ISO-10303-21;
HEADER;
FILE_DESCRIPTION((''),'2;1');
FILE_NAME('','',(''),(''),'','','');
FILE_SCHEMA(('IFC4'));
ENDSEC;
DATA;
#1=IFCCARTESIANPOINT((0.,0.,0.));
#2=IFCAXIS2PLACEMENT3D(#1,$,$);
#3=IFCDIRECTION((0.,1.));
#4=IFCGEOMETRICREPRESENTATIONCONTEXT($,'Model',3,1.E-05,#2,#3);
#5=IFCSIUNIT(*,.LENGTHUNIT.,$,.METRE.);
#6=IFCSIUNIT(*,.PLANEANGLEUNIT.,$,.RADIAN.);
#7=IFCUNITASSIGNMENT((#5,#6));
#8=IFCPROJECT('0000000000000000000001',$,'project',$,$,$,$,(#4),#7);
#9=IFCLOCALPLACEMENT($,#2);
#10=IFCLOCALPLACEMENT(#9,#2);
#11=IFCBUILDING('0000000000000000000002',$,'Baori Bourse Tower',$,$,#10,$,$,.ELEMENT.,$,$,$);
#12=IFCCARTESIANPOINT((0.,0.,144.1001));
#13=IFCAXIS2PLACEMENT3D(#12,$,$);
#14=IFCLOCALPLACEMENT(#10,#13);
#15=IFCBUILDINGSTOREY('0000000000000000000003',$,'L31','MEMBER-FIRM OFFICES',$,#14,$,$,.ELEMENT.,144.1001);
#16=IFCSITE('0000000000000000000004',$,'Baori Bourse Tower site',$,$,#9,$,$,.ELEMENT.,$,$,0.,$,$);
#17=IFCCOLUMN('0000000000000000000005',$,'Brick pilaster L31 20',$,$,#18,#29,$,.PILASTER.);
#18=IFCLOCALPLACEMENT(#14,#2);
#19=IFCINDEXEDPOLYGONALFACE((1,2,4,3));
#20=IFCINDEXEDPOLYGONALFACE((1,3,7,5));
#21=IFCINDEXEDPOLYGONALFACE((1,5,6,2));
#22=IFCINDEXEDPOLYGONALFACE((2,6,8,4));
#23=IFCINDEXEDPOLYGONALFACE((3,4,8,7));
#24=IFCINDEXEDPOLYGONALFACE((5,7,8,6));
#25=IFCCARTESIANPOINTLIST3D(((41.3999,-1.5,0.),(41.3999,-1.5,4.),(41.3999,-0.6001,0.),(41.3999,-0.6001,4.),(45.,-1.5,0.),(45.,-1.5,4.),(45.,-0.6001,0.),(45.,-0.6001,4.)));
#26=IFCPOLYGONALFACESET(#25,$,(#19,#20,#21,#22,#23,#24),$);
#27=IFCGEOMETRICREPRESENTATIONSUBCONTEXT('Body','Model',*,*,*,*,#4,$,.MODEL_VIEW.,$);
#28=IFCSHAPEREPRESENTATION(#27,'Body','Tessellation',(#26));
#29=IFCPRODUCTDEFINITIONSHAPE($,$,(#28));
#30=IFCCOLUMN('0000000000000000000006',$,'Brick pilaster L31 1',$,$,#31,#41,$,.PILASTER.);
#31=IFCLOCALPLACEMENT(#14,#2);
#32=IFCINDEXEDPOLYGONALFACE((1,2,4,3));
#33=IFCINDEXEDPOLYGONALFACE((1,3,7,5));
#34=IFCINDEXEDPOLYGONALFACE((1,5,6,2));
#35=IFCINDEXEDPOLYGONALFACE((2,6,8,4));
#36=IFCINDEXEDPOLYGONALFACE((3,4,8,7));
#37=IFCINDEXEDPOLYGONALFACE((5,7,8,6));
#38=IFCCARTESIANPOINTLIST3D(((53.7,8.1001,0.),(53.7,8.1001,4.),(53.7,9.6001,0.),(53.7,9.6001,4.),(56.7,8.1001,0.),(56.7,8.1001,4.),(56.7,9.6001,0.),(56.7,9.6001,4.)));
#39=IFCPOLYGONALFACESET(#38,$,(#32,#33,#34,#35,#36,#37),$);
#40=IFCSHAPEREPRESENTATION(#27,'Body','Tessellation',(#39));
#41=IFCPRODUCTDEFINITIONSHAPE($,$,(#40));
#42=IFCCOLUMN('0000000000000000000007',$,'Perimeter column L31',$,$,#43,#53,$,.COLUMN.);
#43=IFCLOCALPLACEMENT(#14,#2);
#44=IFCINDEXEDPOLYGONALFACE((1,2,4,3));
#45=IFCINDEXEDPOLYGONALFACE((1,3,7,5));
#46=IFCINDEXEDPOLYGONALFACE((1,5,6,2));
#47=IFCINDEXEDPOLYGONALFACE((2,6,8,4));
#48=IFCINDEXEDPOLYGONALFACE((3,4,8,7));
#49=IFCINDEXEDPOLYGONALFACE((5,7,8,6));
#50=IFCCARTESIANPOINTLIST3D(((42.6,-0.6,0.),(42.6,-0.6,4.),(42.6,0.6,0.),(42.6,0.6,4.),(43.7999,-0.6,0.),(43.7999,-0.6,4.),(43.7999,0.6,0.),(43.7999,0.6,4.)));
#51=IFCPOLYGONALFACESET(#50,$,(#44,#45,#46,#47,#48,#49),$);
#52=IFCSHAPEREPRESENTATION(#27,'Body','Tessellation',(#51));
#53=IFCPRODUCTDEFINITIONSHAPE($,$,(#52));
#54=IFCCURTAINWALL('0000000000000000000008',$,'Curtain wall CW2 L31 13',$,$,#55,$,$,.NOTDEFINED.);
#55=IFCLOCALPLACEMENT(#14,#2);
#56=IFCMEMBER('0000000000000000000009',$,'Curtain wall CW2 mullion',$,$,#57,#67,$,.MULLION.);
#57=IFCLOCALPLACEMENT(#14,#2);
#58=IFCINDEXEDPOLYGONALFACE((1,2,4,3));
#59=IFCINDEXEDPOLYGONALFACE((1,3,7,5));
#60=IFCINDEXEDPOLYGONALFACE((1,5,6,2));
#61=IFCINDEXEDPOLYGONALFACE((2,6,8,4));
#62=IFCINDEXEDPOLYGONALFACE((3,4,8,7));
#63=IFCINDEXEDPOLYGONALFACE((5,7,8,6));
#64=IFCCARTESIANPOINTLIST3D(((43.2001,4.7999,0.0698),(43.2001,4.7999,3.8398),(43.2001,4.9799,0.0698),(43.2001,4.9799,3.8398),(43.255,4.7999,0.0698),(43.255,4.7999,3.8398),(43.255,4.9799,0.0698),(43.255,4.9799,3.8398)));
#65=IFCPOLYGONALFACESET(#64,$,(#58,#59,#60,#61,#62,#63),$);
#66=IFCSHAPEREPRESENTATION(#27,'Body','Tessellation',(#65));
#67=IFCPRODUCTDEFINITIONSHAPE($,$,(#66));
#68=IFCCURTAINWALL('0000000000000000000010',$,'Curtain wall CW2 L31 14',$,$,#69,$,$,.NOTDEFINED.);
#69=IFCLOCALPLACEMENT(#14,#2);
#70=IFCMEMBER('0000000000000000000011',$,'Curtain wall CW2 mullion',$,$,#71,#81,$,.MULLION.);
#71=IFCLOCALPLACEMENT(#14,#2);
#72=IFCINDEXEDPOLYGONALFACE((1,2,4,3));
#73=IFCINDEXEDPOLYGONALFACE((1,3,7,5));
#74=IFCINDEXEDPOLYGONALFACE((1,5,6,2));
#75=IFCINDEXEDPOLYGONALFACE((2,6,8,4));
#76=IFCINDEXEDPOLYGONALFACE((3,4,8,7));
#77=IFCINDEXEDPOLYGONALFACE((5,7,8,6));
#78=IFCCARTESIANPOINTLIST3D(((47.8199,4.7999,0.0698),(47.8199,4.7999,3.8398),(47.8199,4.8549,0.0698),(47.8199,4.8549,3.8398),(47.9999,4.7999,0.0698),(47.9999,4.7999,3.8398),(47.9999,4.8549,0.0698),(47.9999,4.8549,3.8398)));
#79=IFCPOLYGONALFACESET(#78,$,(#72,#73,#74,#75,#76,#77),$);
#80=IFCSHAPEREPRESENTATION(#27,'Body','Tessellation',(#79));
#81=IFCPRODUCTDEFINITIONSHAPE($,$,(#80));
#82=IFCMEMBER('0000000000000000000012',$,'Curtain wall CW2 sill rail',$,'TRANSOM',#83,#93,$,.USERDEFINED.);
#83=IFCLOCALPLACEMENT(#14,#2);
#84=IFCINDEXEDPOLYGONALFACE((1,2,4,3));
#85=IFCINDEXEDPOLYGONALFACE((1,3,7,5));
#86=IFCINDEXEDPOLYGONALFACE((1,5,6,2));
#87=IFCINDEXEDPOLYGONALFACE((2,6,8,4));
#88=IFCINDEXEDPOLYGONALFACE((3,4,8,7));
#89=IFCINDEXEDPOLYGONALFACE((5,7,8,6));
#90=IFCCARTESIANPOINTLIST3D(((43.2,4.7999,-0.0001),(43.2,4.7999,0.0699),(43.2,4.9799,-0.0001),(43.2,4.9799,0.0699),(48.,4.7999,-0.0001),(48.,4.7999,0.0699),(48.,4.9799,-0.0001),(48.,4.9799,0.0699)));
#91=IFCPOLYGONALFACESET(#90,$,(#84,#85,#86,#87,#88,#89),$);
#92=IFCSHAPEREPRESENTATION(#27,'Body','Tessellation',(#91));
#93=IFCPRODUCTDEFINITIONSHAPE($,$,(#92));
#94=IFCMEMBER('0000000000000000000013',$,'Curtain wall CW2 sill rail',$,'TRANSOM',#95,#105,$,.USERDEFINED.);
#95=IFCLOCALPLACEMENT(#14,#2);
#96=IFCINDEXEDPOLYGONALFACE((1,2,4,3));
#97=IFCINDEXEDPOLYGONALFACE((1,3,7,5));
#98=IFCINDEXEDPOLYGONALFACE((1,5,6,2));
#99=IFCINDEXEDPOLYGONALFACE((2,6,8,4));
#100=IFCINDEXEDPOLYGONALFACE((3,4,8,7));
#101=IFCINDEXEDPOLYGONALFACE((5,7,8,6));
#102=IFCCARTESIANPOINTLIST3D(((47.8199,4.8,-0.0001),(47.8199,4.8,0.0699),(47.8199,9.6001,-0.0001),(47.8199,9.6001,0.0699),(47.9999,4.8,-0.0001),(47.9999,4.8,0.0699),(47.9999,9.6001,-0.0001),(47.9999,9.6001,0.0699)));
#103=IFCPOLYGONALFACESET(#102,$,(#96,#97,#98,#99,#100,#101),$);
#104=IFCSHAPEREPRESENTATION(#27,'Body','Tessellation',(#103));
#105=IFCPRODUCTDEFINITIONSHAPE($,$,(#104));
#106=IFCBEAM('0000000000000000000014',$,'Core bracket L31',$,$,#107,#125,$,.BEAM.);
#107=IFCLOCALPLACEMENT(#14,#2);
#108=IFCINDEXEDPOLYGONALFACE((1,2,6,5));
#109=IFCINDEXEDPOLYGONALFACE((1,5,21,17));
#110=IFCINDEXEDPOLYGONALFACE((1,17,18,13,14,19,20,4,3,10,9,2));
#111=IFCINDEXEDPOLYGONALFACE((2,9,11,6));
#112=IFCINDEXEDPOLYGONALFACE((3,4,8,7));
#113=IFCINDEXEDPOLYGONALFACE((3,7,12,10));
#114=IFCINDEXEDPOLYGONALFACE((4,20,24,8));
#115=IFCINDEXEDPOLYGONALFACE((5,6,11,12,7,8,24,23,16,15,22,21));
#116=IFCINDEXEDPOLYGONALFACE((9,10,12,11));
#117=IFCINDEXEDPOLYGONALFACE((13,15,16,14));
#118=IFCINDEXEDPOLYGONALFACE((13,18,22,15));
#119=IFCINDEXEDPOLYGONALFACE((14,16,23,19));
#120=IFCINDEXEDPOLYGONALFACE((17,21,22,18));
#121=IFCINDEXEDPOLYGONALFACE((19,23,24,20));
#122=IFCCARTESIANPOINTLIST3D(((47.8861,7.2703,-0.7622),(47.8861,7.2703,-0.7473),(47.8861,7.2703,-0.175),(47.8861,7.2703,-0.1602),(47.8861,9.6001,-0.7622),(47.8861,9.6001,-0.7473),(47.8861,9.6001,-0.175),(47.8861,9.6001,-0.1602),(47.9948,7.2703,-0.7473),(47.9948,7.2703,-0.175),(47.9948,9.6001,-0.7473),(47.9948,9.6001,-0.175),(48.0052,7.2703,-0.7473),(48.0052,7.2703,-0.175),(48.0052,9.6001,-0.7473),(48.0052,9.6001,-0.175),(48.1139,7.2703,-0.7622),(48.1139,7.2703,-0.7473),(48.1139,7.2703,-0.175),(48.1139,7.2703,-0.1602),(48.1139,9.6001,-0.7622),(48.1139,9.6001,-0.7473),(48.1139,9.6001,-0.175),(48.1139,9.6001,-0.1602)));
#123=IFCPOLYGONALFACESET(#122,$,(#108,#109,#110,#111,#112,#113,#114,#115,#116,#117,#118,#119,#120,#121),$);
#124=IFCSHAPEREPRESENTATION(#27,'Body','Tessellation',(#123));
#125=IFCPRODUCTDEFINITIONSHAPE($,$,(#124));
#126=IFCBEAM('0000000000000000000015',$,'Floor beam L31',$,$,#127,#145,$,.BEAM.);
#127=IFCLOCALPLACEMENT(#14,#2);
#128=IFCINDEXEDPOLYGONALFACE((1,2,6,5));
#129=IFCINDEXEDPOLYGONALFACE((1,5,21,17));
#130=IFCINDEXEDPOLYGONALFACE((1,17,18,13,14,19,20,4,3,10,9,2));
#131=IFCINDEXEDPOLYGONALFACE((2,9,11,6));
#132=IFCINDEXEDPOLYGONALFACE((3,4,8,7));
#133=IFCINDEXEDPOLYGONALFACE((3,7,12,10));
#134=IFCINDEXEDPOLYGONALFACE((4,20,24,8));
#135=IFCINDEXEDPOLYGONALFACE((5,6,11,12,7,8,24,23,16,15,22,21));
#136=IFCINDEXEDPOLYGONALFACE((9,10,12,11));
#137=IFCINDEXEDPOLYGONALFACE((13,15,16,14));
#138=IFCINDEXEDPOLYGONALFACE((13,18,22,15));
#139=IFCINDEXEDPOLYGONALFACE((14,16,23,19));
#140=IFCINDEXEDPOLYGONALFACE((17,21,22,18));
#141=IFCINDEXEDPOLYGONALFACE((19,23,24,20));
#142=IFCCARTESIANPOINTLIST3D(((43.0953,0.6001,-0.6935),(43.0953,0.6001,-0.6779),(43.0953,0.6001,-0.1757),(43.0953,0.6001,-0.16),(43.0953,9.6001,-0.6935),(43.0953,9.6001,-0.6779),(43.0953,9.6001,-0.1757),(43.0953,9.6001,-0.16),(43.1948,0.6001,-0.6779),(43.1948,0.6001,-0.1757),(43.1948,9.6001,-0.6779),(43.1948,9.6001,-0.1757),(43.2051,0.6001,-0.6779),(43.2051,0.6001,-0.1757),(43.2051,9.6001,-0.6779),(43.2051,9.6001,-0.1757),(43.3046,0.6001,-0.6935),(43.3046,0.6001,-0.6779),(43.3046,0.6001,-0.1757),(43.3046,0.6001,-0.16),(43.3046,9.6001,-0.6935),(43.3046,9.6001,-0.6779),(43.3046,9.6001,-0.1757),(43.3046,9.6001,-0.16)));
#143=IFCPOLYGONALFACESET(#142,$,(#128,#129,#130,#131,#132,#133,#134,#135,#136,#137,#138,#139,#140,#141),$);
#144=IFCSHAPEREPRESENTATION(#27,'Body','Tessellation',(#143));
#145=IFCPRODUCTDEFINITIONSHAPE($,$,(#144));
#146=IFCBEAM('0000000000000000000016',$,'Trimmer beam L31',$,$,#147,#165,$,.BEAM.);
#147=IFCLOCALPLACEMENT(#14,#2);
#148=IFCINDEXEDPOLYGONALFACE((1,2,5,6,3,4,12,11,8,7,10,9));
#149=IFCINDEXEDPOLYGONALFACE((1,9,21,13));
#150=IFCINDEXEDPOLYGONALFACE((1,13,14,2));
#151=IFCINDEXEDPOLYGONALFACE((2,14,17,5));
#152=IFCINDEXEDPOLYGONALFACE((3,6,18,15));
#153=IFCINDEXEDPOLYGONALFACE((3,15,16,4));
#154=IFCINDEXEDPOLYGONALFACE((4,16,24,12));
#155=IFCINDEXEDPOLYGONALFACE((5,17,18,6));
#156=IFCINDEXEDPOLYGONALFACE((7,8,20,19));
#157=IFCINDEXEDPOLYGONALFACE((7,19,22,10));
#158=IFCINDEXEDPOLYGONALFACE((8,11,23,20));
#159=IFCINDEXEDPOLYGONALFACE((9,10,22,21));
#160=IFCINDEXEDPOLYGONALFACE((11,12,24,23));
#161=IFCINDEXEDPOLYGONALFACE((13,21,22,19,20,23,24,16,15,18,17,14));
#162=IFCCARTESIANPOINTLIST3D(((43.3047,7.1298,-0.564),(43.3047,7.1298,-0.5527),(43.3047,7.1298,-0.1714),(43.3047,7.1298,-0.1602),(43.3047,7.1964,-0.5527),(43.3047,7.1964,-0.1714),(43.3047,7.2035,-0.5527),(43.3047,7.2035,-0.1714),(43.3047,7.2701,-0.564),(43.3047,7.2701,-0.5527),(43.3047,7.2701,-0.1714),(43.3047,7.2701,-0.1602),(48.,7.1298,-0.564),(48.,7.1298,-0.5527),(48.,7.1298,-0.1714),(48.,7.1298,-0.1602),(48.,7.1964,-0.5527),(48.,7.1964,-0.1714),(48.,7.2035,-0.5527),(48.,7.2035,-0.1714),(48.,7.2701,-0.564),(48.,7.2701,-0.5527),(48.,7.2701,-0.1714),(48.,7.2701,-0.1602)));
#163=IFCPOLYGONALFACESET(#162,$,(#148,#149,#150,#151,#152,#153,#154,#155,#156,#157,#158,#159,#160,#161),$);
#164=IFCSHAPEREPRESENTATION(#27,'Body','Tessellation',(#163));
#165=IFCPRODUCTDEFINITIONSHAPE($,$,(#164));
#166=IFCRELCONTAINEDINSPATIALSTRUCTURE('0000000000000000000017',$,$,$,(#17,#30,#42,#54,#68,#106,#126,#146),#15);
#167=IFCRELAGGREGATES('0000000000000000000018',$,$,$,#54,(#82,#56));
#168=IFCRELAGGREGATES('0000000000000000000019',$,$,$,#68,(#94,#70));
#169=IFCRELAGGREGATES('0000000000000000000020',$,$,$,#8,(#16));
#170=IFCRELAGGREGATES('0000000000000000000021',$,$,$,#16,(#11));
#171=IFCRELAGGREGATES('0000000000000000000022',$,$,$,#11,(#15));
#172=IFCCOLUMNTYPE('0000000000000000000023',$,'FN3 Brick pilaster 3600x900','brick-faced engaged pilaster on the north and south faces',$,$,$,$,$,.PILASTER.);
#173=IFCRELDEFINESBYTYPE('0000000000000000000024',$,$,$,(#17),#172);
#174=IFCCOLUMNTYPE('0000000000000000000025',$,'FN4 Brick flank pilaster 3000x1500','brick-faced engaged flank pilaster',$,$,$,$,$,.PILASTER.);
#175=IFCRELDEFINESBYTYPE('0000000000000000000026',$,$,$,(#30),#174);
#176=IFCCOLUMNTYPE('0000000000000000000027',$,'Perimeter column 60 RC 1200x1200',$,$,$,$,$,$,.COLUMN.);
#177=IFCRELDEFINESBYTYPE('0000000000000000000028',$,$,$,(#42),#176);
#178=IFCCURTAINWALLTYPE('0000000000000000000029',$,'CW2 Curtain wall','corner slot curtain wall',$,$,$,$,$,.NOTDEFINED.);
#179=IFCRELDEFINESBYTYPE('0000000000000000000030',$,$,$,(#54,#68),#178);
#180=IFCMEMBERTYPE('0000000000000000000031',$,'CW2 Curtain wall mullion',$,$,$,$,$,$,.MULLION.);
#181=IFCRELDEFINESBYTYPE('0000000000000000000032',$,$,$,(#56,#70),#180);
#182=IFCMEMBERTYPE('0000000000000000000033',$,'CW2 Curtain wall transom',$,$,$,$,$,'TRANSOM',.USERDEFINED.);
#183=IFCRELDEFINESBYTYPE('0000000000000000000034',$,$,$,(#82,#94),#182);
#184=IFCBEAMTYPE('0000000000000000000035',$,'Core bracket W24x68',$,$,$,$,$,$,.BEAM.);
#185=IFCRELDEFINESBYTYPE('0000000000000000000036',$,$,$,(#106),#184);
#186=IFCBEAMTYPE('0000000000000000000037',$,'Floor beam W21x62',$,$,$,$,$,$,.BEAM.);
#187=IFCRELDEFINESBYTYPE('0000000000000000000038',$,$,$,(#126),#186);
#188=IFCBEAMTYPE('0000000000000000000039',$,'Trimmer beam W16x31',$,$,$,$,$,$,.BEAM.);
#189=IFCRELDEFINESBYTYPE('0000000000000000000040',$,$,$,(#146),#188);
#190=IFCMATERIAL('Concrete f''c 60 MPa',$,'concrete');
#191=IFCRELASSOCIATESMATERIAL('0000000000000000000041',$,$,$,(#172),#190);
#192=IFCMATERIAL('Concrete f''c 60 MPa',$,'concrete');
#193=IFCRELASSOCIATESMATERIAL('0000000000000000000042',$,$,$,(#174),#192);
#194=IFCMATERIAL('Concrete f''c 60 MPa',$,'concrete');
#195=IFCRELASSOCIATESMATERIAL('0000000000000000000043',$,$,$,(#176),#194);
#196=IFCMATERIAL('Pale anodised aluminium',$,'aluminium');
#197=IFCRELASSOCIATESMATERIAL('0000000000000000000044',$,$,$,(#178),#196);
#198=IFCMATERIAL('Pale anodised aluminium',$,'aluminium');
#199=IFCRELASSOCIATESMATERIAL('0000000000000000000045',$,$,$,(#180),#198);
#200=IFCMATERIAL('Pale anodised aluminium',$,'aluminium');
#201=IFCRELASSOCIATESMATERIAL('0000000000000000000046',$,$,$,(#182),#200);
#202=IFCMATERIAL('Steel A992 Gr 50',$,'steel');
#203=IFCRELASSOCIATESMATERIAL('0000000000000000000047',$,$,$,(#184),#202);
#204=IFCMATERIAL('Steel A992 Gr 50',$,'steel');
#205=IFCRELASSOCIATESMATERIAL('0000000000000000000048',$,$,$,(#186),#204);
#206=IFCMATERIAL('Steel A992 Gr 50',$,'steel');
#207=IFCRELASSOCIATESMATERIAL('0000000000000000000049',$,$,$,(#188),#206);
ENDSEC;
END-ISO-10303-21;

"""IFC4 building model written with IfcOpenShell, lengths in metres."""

from ifc_helpers import new_model, si_unit, direction, frame, origin, origin_2d, place, context, subcontext, project, spatial, rectangle, i_section, extrude, material, material_profile, profile_set, type_object, element, aggregate, save


model = new_model("IFC4")

# Units and contexts
model_context = context("Model", 3, precision=1e-05, world=origin(), true_north=direction((0.0, 1.0)))
body_context = subcontext(model_context, "Body", "Model", "MODEL_VIEW")
ifc_project = project(units=[si_unit("LENGTHUNIT", "METRE"), si_unit("PLANEANGLEUNIT", "RADIAN")], contexts=[model_context])

# Site, building, storey
site_placement = place(None, origin())
site = spatial("IfcSite", under=ifc_project, at=site_placement, Name="Baori Bourse Tower site", CompositionType="ELEMENT", RefElevation=0.0)
building_placement = place(site_placement, origin())
building = spatial("IfcBuilding", under=site, at=building_placement, Name="Baori Bourse Tower", CompositionType="ELEMENT")
storey_placement = place(building_placement, frame((0.0, 0.0, 144.1001)))
storey = spatial("IfcBuildingStorey", under=building, at=storey_placement, Name="L31", Description="MEMBER-FIRM OFFICES", CompositionType="ELEMENT", Elevation=144.1001)

# Columns
ifc_material_1 = material(Name="Concrete f'c 60 MPa", Category="concrete")
ifc_material_profile_1 = material_profile(ifc_material_1, rectangle(XDim=3.6001, YDim=0.8999, at=origin_2d()), Name="RC 3600x900")
ifc_profile_set_1 = profile_set([ifc_material_profile_1], Name="Concrete f'c 60 MPa")
column_type_1 = type_object("IfcColumnType", Name="FN3 Brick pilaster 3600x900", Description="brick-faced engaged pilaster on the north and south faces", PredefinedType="PILASTER", material=ifc_profile_set_1)
column_1_placement = place(storey_placement, frame((43.2, -1.05, 0.0), z_axis=(0.0, 0.0, 1.0), x_axis=(1.0, 0.0, 0.0)))
element("IfcColumn", 1, at=column_1_placement, inside=storey, type_object=column_type_1, Name="Brick pilaster L31 20", PredefinedType="PILASTER", context=body_context, shape_type="SweptSolid", body=[
    extrude(rectangle(XDim=3.6001, YDim=0.8999, at=origin_2d()), origin(), (0.0, 0.0, 1.0), 4.0),
])
ifc_material_2 = material(Name="Concrete f'c 60 MPa", Category="concrete")
ifc_material_profile_2 = material_profile(ifc_material_2, rectangle(XDim=3.0, YDim=1.5, at=origin_2d()), Name="RC 3000x1500")
ifc_profile_set_2 = profile_set([ifc_material_profile_2], Name="Concrete f'c 60 MPa")
column_type_2 = type_object("IfcColumnType", Name="FN4 Brick flank pilaster 3000x1500", Description="brick-faced engaged flank pilaster", PredefinedType="PILASTER", material=ifc_profile_set_2)
column_2_placement = place(storey_placement, frame((55.2, 8.8501, 0.0), z_axis=(0.0, 0.0, 1.0), x_axis=(1.0, 0.0, 0.0)))
element("IfcColumn", 2, at=column_2_placement, inside=storey, type_object=column_type_2, Name="Brick pilaster L31 1", PredefinedType="PILASTER", context=body_context, shape_type="SweptSolid", body=[
    extrude(rectangle(XDim=3.0, YDim=1.5, at=origin_2d()), origin(), (0.0, 0.0, 1.0), 4.0),
])
ifc_material_3 = material(Name="Concrete f'c 60 MPa", Category="concrete")
ifc_material_profile_3 = material_profile(ifc_material_3, rectangle(XDim=1.2, YDim=1.2, at=origin_2d()), Name="RC 1200x1200")
ifc_profile_set_3 = profile_set([ifc_material_profile_3], Name="Concrete f'c 60 MPa")
column_type_3 = type_object("IfcColumnType", Name="Perimeter column 60 RC 1200x1200", PredefinedType="COLUMN", material=ifc_profile_set_3)
column_3_placement = place(storey_placement, frame((43.2, 0.0, 0.0), z_axis=(0.0, 0.0, 1.0), x_axis=(1.0, 0.0, 0.0)))
element("IfcColumn", 3, at=column_3_placement, inside=storey, type_object=column_type_3, Name="Perimeter column L31", PredefinedType="COLUMN", context=body_context, shape_type="SweptSolid", body=[
    extrude(rectangle(XDim=1.2, YDim=1.2, at=origin_2d()), origin(), (0.0, 0.0, 1.0), 4.0),
])

# Curtain walls, members
ifc_material_4 = material(Name="Pale anodised aluminium", Category="aluminium")
curtain_wall_type = type_object("IfcCurtainWallType", Name="CW2 Curtain wall", Description="corner slot curtain wall", PredefinedType="NOTDEFINED", material=ifc_material_4)
curtain_wall_1_placement = place(storey_placement, origin())
curtain_wall_1 = element("IfcCurtainWall", 4, at=curtain_wall_1_placement, inside=storey, type_object=curtain_wall_type, Name="Curtain wall CW2 L31 13", PredefinedType="NOTDEFINED")
ifc_material_5 = material(Name="Pale anodised aluminium", Category="aluminium")
ifc_material_profile_4 = material_profile(ifc_material_5, rectangle(XDim=0.1799, YDim=0.0549, at=origin_2d()), Name="Mullion 55x180")
ifc_profile_set_4 = profile_set([ifc_material_profile_4], Name="Pale anodised aluminium")
member_type_1 = type_object("IfcMemberType", Name="CW2 Curtain wall mullion", PredefinedType="MULLION", material=ifc_profile_set_4)
member_1_placement = place(storey_placement, frame((43.2275, 4.8899, 0.0698), z_axis=(0.0, 0.0, 1.0), x_axis=(0.0, 1.0, 0.0)))
member_1 = element("IfcMember", 5, at=member_1_placement, type_object=member_type_1, Name="Curtain wall CW2 mullion", PredefinedType="MULLION", context=body_context, shape_type="SweptSolid", body=[
    extrude(rectangle(XDim=0.1799, YDim=0.0549, at=origin_2d()), origin(), (0.0, 0.0, 1.0), 3.77),
])
curtain_wall_2_placement = place(storey_placement, origin())
curtain_wall_2 = element("IfcCurtainWall", 6, at=curtain_wall_2_placement, inside=storey, type_object=curtain_wall_type, Name="Curtain wall CW2 L31 14", PredefinedType="NOTDEFINED")
member_2_placement = place(storey_placement, frame((47.9099, 4.8274, 0.0698), z_axis=(0.0, 0.0, 1.0), x_axis=(-1.0, 0.0, 0.0)))
member_2 = element("IfcMember", 7, at=member_2_placement, type_object=member_type_1, Name="Curtain wall CW2 mullion", PredefinedType="MULLION", context=body_context, shape_type="SweptSolid", body=[
    extrude(rectangle(XDim=0.1799, YDim=0.0549, at=origin_2d()), origin(), (0.0, 0.0, 1.0), 3.77),
])

# Members
ifc_material_6 = material(Name="Pale anodised aluminium", Category="aluminium")
ifc_material_profile_5 = material_profile(ifc_material_6, rectangle(XDim=0.1799, YDim=0.0701, at=origin_2d()), Name="Transom 70x180")
ifc_profile_set_5 = profile_set([ifc_material_profile_5], Name="Pale anodised aluminium")
member_type_2 = type_object("IfcMemberType", Name="CW2 Curtain wall transom", ElementType="TRANSOM", PredefinedType="USERDEFINED", material=ifc_profile_set_5)
member_3_placement = place(storey_placement, frame((43.2, 4.8899, 0.0349), z_axis=(1.0, 0.0, 0.0), x_axis=(0.0, 1.0, 0.0)))
member_3 = element("IfcMember", 8, at=member_3_placement, type_object=member_type_2, Name="Curtain wall CW2 sill rail", ObjectType="TRANSOM", PredefinedType="USERDEFINED", context=body_context, shape_type="SweptSolid", body=[
    extrude(rectangle(XDim=0.1799, YDim=0.0701, at=origin_2d()), origin(), (0.0, 0.0, 1.0), 4.8),
])
member_4_placement = place(storey_placement, frame((47.9099, 4.8, 0.0349), z_axis=(0.0, 1.0, 0.0), x_axis=(-1.0, 0.0, 0.0)))
member_4 = element("IfcMember", 9, at=member_4_placement, type_object=member_type_2, Name="Curtain wall CW2 sill rail", ObjectType="TRANSOM", PredefinedType="USERDEFINED", context=body_context, shape_type="SweptSolid", body=[
    extrude(rectangle(XDim=0.1799, YDim=0.0701, at=origin_2d()), origin(), (0.0, 0.0, 1.0), 4.8),
])

# Beams
ifc_material_7 = material(Name="Steel A992 Gr 50", Category="steel")
ifc_material_profile_6 = material_profile(ifc_material_7, i_section(OverallWidth=0.2278, OverallDepth=0.6021, WebThickness=0.0105, FlangeThickness=0.0149, at=origin_2d()), Name="W24x68")
ifc_profile_set_6 = profile_set([ifc_material_profile_6], Name="Steel A992 Gr 50")
beam_type_1 = type_object("IfcBeamType", Name="Core bracket W24x68", PredefinedType="BEAM", material=ifc_profile_set_6)
beam_1_placement = place(storey_placement, frame((48.0, 7.2703, -0.4612), z_axis=(0.0, 1.0, 0.0), x_axis=(-1.0, 0.0, 0.0)))
element("IfcBeam", 10, at=beam_1_placement, inside=storey, type_object=beam_type_1, Name="Core bracket L31", PredefinedType="BEAM", context=body_context, shape_type="SweptSolid", body=[
    extrude(i_section(OverallWidth=0.2278, OverallDepth=0.6021, WebThickness=0.0105, FlangeThickness=0.0149, at=origin_2d()), origin(), (0.0, 0.0, 1.0), 2.3298),
])
ifc_material_8 = material(Name="Steel A992 Gr 50", Category="steel")
ifc_material_profile_7 = material_profile(ifc_material_8, i_section(OverallWidth=0.2092, OverallDepth=0.5334, WebThickness=0.0103, FlangeThickness=0.0156, at=origin_2d()), Name="W21x62")
ifc_profile_set_7 = profile_set([ifc_material_profile_7], Name="Steel A992 Gr 50")
beam_type_2 = type_object("IfcBeamType", Name="Floor beam W21x62", PredefinedType="BEAM", material=ifc_profile_set_7)
beam_2_placement = place(storey_placement, frame((43.2, 0.6001, -0.4268), z_axis=(0.0, 1.0, 0.0), x_axis=(-1.0, 0.0, 0.0)))
element("IfcBeam", 11, at=beam_2_placement, inside=storey, type_object=beam_type_2, Name="Floor beam L31", PredefinedType="BEAM", context=body_context, shape_type="SweptSolid", body=[
    extrude(i_section(OverallWidth=0.2092, OverallDepth=0.5334, WebThickness=0.0103, FlangeThickness=0.0156, at=origin_2d()), origin(), (0.0, 0.0, 1.0), 9.0),
])
ifc_material_9 = material(Name="Steel A992 Gr 50", Category="steel")
ifc_material_profile_8 = material_profile(ifc_material_9, i_section(OverallWidth=0.1404, OverallDepth=0.4038, WebThickness=0.0071, FlangeThickness=0.0112, at=origin_2d()), Name="W16x31")
ifc_profile_set_8 = profile_set([ifc_material_profile_8], Name="Steel A992 Gr 50")
beam_type_3 = type_object("IfcBeamType", Name="Trimmer beam W16x31", PredefinedType="BEAM", material=ifc_profile_set_8)
beam_3_placement = place(storey_placement, frame((43.3047, 7.2, -0.3621), z_axis=(1.0, 0.0, 0.0), x_axis=(0.0, 1.0, 0.0)))
element("IfcBeam", 12, at=beam_3_placement, inside=storey, type_object=beam_type_3, Name="Trimmer beam L31", PredefinedType="BEAM", context=body_context, shape_type="SweptSolid", body=[
    extrude(i_section(OverallWidth=0.1404, OverallDepth=0.4038, WebThickness=0.0071, FlangeThickness=0.0112, at=origin_2d()), origin(), (0.0, 0.0, 1.0), 4.6953),
])

aggregate(curtain_wall_1, [member_3, member_1])
aggregate(curtain_wall_2, [member_4, member_2])

save(model, "model.ifc")
